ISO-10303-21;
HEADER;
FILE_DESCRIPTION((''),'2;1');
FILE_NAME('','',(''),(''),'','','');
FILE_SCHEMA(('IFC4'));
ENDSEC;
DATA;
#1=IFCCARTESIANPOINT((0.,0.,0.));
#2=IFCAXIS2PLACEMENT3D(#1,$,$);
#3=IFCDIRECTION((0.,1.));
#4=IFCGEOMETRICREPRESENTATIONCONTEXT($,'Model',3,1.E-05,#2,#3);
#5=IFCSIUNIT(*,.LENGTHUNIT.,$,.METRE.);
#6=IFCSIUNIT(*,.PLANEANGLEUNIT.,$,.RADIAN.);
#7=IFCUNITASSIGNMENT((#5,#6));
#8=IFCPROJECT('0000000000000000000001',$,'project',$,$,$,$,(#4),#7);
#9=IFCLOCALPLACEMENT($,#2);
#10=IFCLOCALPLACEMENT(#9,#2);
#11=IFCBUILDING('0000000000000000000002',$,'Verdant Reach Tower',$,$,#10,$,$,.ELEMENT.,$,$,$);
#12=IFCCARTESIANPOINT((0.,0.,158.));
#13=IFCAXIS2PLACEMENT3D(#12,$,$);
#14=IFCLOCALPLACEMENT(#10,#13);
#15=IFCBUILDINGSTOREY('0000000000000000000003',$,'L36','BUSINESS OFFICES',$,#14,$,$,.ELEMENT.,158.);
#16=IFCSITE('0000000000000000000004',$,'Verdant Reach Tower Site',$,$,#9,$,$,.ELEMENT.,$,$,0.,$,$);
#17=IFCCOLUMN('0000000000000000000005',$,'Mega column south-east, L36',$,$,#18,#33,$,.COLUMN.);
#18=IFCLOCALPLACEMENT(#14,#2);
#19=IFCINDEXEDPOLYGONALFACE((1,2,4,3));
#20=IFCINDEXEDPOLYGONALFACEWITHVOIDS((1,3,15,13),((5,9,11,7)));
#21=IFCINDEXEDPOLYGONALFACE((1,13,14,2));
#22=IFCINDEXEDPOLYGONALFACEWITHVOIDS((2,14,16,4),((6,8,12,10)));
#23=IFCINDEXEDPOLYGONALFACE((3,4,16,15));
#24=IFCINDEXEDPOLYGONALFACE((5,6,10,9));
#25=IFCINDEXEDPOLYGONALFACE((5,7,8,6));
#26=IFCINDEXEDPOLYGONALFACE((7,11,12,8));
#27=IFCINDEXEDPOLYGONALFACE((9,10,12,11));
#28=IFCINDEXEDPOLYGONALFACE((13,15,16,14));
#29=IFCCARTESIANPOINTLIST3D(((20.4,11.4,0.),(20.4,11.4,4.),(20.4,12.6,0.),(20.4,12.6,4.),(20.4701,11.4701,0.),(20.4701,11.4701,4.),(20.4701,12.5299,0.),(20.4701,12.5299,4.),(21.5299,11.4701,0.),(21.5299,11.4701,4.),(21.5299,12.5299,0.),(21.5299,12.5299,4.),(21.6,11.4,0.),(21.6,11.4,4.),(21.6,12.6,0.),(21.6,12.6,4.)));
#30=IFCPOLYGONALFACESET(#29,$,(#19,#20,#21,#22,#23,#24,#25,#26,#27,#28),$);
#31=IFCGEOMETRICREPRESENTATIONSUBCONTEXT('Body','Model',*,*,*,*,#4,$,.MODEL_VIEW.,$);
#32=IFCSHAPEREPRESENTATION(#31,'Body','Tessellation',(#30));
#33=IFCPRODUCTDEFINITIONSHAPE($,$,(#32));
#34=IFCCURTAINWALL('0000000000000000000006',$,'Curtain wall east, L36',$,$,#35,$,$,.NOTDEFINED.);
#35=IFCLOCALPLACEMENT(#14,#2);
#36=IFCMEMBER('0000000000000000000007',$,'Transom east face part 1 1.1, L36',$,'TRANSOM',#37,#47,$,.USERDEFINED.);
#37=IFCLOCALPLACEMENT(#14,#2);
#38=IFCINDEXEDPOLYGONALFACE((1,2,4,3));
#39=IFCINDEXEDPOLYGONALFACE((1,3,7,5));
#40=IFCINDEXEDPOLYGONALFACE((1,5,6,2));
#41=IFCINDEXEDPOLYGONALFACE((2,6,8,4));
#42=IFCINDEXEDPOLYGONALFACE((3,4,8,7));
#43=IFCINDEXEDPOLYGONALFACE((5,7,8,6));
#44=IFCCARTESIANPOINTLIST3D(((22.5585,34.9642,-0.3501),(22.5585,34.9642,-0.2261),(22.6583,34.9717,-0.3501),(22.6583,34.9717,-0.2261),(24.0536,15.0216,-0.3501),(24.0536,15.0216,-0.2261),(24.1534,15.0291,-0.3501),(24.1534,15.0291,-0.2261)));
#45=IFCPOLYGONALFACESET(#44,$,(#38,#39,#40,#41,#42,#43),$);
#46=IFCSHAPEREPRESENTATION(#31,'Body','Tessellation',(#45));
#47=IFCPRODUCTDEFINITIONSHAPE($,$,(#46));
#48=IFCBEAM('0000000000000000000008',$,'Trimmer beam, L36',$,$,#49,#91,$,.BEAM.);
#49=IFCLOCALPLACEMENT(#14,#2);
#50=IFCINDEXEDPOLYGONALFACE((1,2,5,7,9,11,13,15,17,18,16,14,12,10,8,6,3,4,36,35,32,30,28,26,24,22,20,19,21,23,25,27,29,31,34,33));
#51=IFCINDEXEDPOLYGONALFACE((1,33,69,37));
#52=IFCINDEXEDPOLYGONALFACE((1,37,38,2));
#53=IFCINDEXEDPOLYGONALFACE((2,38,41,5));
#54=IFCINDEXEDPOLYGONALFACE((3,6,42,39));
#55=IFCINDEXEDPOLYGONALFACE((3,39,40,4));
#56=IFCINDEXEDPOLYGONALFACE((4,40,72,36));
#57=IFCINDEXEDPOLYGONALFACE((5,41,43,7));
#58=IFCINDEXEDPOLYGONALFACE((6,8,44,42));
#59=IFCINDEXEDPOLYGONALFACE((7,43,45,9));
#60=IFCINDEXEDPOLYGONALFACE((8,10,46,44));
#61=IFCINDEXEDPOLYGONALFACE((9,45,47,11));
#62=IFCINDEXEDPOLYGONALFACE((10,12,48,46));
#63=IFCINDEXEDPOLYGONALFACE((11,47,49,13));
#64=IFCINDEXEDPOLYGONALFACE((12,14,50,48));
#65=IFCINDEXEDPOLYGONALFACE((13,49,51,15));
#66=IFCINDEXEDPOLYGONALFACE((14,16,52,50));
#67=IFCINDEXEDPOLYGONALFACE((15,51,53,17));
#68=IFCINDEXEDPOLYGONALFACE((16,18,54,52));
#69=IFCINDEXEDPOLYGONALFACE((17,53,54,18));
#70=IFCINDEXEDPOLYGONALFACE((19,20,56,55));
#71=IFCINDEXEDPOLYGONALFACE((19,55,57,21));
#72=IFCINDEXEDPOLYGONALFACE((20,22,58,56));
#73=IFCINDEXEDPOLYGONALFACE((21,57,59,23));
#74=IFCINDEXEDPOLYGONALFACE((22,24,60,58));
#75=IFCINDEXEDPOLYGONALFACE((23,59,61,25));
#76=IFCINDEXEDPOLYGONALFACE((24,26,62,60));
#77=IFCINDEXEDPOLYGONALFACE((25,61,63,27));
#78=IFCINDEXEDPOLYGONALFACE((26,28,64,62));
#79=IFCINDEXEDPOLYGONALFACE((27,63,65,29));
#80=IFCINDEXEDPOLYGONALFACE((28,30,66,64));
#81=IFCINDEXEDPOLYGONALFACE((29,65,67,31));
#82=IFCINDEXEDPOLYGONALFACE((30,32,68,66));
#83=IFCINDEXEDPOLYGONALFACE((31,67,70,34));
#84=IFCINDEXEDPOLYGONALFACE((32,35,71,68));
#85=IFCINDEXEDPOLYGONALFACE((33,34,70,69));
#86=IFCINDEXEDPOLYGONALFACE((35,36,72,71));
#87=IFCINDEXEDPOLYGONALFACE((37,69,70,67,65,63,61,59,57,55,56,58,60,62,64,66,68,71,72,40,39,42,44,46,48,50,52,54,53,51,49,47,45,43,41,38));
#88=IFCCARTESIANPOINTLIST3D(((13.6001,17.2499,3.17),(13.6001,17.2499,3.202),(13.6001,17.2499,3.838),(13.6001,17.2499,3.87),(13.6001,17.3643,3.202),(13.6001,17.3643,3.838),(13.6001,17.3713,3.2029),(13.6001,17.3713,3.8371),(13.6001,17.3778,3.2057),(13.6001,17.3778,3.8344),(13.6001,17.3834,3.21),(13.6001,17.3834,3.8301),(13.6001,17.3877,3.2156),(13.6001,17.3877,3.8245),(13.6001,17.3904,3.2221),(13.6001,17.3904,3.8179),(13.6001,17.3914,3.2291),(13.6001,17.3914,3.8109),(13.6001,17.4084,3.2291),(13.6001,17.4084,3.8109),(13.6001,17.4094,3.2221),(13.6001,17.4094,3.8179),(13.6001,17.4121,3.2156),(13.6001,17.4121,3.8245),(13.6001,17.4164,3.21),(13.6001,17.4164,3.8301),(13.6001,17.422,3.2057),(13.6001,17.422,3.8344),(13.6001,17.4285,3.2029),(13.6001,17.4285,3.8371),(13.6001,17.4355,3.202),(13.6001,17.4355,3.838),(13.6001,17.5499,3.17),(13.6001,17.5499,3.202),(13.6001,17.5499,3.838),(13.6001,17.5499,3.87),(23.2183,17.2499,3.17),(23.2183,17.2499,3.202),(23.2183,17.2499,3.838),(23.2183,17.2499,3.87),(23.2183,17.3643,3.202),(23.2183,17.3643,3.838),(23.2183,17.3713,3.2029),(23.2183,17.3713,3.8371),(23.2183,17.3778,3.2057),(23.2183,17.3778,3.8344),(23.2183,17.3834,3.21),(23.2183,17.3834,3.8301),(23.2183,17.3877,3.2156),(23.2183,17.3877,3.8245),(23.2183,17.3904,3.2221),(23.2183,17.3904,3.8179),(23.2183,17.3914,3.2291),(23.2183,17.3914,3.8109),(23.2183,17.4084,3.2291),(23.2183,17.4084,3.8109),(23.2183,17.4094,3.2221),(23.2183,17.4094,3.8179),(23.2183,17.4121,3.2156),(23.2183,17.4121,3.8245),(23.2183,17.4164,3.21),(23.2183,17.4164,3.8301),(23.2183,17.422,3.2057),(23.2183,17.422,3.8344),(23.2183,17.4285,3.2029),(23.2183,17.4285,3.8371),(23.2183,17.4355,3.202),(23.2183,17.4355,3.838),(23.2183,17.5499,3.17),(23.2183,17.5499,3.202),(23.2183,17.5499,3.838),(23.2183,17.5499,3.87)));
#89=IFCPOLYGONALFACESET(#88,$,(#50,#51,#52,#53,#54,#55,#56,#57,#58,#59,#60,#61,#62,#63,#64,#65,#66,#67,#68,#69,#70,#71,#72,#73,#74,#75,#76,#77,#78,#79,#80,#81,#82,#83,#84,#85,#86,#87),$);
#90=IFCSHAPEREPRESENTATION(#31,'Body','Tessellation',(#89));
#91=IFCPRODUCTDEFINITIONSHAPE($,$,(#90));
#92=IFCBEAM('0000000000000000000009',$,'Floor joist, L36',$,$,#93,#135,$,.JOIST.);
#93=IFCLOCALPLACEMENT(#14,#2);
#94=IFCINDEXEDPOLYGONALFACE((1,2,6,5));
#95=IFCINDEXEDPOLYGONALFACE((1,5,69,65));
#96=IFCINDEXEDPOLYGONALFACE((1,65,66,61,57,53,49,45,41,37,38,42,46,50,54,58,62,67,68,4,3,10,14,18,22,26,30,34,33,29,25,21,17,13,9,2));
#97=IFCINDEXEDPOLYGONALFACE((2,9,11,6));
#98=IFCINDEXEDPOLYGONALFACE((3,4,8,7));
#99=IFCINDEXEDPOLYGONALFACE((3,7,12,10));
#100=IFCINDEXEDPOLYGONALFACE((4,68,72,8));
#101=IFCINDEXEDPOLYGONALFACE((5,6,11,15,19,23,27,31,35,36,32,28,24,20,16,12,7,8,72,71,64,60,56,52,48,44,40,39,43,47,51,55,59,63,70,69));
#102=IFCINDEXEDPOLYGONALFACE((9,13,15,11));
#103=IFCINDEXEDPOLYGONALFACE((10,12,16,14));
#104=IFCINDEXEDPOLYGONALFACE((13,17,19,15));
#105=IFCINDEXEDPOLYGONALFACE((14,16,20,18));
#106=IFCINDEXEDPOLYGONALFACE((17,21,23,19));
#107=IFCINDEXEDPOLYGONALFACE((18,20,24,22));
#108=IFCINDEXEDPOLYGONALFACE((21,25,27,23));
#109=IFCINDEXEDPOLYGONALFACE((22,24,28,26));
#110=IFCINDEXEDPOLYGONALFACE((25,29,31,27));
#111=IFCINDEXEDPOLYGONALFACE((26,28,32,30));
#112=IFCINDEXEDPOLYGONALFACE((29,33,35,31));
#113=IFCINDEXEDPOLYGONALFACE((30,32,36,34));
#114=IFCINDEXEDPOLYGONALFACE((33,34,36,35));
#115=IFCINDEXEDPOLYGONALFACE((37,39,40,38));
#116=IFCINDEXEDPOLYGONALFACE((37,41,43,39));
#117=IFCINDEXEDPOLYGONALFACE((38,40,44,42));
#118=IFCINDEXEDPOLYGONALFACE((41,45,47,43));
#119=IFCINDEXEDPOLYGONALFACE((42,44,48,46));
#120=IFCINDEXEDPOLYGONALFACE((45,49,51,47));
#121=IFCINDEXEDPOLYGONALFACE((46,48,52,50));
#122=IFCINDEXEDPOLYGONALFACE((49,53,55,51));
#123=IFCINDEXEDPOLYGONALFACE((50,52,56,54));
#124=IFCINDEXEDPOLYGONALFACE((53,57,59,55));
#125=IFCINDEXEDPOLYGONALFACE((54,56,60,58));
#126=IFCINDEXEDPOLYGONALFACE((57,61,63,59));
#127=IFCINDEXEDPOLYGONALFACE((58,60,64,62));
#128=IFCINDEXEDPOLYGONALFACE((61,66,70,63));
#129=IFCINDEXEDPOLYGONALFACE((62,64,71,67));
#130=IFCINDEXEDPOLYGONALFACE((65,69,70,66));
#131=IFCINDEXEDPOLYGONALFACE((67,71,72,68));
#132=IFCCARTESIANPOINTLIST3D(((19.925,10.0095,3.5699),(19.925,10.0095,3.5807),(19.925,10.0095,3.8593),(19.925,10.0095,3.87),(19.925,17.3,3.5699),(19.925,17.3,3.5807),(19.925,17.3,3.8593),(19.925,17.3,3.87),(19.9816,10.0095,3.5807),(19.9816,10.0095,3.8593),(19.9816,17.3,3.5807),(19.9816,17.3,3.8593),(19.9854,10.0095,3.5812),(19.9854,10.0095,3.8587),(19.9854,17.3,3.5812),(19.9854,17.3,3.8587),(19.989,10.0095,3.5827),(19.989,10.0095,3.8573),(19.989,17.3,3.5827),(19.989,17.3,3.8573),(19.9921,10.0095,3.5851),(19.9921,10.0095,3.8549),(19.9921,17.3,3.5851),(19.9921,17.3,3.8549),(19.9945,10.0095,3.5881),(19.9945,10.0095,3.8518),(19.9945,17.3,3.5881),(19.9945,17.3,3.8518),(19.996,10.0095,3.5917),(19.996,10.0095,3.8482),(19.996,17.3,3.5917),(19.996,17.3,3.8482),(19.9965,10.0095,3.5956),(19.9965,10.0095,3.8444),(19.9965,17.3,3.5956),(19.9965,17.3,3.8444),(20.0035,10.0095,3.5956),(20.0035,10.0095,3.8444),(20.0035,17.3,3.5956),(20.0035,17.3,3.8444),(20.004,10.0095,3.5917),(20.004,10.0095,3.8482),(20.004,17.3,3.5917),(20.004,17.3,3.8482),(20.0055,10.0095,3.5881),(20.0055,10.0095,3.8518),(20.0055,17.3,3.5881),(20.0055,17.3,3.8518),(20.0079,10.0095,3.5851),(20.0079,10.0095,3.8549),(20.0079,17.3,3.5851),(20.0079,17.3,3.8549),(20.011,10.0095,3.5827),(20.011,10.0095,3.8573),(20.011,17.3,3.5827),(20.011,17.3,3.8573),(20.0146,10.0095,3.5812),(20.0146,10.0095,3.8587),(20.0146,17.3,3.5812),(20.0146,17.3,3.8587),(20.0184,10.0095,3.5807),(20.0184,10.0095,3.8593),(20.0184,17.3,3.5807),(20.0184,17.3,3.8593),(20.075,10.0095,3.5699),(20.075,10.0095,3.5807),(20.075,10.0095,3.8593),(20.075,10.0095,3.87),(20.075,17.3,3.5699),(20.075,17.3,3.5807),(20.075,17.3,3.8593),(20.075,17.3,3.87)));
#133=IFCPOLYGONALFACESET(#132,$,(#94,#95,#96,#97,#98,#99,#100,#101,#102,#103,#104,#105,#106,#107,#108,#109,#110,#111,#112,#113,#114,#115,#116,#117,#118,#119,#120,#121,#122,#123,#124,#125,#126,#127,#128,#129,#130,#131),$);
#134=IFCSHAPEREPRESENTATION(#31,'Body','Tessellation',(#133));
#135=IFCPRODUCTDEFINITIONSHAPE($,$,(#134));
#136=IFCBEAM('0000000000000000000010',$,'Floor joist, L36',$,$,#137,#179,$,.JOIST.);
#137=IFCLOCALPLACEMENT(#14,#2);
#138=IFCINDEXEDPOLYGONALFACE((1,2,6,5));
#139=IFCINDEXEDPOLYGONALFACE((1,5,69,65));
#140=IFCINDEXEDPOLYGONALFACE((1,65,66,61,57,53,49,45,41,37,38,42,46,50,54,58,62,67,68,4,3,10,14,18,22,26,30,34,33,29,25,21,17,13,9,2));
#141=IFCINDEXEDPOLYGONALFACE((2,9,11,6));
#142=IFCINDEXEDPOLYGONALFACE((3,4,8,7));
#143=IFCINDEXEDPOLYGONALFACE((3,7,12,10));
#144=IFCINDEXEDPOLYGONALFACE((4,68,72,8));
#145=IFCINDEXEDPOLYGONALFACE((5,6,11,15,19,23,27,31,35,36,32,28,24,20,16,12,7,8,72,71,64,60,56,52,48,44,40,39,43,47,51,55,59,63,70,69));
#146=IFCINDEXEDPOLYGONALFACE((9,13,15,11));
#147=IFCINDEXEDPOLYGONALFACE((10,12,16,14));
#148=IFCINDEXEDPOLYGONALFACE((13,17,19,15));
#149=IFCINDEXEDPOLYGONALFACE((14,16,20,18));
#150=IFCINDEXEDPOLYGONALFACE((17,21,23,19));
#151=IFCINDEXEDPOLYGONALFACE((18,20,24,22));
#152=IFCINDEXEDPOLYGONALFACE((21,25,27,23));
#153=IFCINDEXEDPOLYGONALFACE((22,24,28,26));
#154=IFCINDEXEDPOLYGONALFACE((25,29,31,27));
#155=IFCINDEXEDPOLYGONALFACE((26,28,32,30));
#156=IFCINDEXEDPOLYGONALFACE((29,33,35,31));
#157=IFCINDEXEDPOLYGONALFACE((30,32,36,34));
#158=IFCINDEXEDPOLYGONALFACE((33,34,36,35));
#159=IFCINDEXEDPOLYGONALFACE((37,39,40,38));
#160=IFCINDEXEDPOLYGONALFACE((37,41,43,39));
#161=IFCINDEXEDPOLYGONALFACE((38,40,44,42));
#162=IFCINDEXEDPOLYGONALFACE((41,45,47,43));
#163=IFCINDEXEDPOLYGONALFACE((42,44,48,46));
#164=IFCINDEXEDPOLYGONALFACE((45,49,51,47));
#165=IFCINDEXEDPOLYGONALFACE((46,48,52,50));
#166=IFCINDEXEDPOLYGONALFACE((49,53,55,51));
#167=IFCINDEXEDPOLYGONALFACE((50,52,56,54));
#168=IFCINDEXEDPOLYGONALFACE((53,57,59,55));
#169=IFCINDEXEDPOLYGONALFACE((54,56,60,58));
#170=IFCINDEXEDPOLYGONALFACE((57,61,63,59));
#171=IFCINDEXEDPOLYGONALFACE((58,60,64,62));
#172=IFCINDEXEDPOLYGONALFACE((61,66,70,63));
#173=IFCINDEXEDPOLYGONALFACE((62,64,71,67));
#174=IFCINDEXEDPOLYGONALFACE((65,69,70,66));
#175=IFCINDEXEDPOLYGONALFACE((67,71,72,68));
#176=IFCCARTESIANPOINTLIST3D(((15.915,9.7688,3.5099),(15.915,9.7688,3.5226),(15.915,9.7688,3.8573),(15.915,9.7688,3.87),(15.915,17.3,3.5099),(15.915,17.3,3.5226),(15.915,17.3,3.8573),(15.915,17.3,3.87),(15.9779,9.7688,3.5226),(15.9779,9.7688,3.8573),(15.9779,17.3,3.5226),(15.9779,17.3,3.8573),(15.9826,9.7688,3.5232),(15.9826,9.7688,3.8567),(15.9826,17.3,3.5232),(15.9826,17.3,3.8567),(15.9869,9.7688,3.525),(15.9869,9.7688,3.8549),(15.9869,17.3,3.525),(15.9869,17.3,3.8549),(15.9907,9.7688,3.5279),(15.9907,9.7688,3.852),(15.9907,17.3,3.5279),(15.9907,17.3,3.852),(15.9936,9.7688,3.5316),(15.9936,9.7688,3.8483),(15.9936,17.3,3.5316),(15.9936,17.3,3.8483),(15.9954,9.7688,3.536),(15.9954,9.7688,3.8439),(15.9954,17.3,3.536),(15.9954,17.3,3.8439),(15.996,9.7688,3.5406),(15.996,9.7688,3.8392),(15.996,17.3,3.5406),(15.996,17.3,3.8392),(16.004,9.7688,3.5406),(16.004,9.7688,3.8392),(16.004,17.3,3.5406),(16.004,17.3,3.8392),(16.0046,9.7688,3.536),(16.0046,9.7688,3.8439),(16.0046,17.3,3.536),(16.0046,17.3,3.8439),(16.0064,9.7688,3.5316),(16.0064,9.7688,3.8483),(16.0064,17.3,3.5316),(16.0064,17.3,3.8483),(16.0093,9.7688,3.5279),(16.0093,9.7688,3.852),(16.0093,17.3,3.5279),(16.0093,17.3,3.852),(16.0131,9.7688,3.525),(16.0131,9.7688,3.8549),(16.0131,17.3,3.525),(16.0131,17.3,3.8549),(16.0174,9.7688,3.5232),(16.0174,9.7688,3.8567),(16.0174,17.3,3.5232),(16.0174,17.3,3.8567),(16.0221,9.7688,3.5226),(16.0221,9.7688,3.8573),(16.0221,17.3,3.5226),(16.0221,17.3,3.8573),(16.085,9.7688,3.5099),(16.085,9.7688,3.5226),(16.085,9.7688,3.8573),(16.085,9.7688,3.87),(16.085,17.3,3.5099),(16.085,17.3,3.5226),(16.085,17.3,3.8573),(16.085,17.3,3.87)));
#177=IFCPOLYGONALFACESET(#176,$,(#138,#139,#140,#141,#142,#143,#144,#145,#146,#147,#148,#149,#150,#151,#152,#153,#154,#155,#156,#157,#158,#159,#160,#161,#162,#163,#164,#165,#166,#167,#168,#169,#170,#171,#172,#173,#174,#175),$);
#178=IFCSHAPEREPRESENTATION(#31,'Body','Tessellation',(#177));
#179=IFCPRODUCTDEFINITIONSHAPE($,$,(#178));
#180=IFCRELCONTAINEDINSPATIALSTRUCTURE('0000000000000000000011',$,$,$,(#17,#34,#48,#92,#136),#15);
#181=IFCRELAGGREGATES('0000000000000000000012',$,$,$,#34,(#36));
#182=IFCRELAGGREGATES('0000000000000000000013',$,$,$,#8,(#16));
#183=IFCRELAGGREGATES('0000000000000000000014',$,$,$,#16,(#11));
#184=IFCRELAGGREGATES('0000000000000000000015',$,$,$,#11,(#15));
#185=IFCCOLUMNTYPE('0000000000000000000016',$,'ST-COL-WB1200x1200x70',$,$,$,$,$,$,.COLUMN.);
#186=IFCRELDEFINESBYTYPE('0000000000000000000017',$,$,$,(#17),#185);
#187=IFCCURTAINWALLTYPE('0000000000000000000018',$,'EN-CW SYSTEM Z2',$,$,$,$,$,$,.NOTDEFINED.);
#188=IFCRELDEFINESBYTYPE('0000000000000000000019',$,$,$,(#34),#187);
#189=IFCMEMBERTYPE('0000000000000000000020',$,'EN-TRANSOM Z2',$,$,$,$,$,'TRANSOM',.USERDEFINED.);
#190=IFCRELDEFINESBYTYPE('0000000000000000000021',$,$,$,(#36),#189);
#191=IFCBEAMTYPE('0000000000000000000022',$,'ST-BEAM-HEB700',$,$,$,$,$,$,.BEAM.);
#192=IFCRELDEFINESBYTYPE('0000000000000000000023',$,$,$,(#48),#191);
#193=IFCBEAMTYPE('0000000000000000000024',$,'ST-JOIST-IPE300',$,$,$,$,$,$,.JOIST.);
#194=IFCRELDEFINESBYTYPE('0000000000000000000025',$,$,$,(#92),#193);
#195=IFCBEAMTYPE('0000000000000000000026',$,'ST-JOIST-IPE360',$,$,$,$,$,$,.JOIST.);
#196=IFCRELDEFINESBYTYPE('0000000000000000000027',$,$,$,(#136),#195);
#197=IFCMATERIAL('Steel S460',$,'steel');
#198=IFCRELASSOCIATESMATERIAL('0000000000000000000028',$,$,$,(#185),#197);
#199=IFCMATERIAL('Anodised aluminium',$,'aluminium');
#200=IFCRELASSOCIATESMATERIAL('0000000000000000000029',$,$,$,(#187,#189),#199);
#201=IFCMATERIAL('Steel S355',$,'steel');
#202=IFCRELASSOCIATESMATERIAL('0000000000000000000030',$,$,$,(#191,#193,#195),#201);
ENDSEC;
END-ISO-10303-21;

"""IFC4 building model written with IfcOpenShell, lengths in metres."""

from ifc_helpers import new_model, si_unit, direction, frame, origin, origin_2d, place, context, subcontext, project, spatial, rectangle, hollow_rectangle, i_section, extrude, material, material_profile, profile_set, type_object, element, aggregate, save


model = new_model("IFC4")

# Units and contexts
model_context = context("Model", 3, precision=1e-05, world=origin(), true_north=direction((0.0, 1.0)))
body_context = subcontext(model_context, "Body", "Model", "MODEL_VIEW")
ifc_project = project(units=[si_unit("LENGTHUNIT", "METRE"), si_unit("PLANEANGLEUNIT", "RADIAN")], contexts=[model_context])

# Site, building, storey
site_placement = place(None, origin())
site = spatial("IfcSite", under=ifc_project, at=site_placement, Name="Verdant Reach Tower Site", CompositionType="ELEMENT", RefElevation=0.0)
building_placement = place(site_placement, origin())
building = spatial("IfcBuilding", under=site, at=building_placement, Name="Verdant Reach Tower", CompositionType="ELEMENT")
storey_placement = place(building_placement, frame((0.0, 0.0, 158.0)))
storey = spatial("IfcBuildingStorey", under=building, at=storey_placement, Name="L36", Description="BUSINESS OFFICES", CompositionType="ELEMENT", Elevation=158.0)

# Column
ifc_material_1 = material(Name="Steel S460", Category="steel")
ifc_material_profile_1 = material_profile(ifc_material_1, hollow_rectangle(XDim=1.2, YDim=1.2, WallThickness=0.0701, at=origin_2d()), Name="WB 1200x1200x70")
ifc_profile_set_1 = profile_set([ifc_material_profile_1], Name="Steel S460")
column_type = type_object("IfcColumnType", Name="ST-COL-WB1200x1200x70", PredefinedType="COLUMN", material=ifc_profile_set_1)
column_placement = place(storey_placement, frame((21.0, 12.0, 0.0), z_axis=(0.0, 0.0, 1.0), x_axis=(1.0, 0.0, 0.0)))
element("IfcColumn", 1, at=column_placement, inside=storey, type_object=column_type, Name="Mega column south-east, L36", PredefinedType="COLUMN", context=body_context, shape_type="SweptSolid", body=[
    extrude(hollow_rectangle(XDim=1.2, YDim=1.2, WallThickness=0.0701, at=origin_2d()), origin(), (0.0, 0.0, 1.0), 4.0),
])

# Curtain wall, member
ifc_material_2 = material(Name="Anodised aluminium", Category="aluminium")
curtain_wall_type = type_object("IfcCurtainWallType", Name="EN-CW SYSTEM Z2", PredefinedType="NOTDEFINED", material=ifc_material_2)
curtain_wall_1_placement = place(storey_placement, origin())
curtain_wall_1 = element("IfcCurtainWall", 2, at=curtain_wall_1_placement, inside=storey, type_object=curtain_wall_type, Name="Curtain wall east, L36", PredefinedType="NOTDEFINED")
ifc_material_profile_2 = material_profile(ifc_material_2, rectangle(XDim=0.1001, YDim=0.124, at=origin_2d()), Name="Transom 124x100")
ifc_profile_set_2 = profile_set([ifc_material_profile_2], Name="Anodised aluminium")
member_type = type_object("IfcMemberType", Name="EN-TRANSOM Z2", ElementType="TRANSOM", PredefinedType="USERDEFINED", material=ifc_profile_set_2)
member_placement = place(storey_placement, frame((24.1035, 15.0254, -0.2881), z_axis=(-0.074761, 0.997201, 0.0), x_axis=(-0.997201, -0.074761, 0.0)))
member = element("IfcMember", 3, at=member_placement, type_object=member_type, Name="Transom east face part 1 1.1, L36", ObjectType="TRANSOM", PredefinedType="USERDEFINED", context=body_context, shape_type="SweptSolid", body=[
    extrude(rectangle(XDim=0.1001, YDim=0.124, at=origin_2d()), origin(), (0.0, 0.0, 1.0), 19.9985),
])

# Beams
ifc_material_3 = material(Name="Steel S355", Category="steel")
ifc_material_profile_3 = material_profile(ifc_material_3, i_section(OverallWidth=0.3, OverallDepth=0.7, WebThickness=0.0171, FlangeThickness=0.032, FilletRadius=0.0271, at=origin_2d()), Name="HEB 700")
ifc_profile_set_3 = profile_set([ifc_material_profile_3], Name="Steel S355")
beam_type_1 = type_object("IfcBeamType", Name="ST-BEAM-HEB700", PredefinedType="BEAM", material=ifc_profile_set_3)
beam_1_placement = place(storey_placement, frame((13.6001, 17.3999, 3.52), z_axis=(1.0, 0.0, 0.0), x_axis=(0.0, 1.0, 0.0)))
element("IfcBeam", 4, at=beam_1_placement, inside=storey, type_object=beam_type_1, Name="Trimmer beam, L36", PredefinedType="BEAM", context=body_context, shape_type="SweptSolid", body=[
    extrude(i_section(OverallWidth=0.3, OverallDepth=0.7, WebThickness=0.0171, FlangeThickness=0.032, FilletRadius=0.0271, at=origin_2d()), origin(), (0.0, 0.0, 1.0), 9.6182),
])
ifc_material_profile_4 = material_profile(ifc_material_3, i_section(OverallWidth=0.1499, OverallDepth=0.3, WebThickness=0.0071, FlangeThickness=0.0107, FilletRadius=0.0149, at=origin_2d()), Name="IPE 300")
ifc_profile_set_4 = profile_set([ifc_material_profile_4], Name="Steel S355")
beam_type_2 = type_object("IfcBeamType", Name="ST-JOIST-IPE300", PredefinedType="JOIST", material=ifc_profile_set_4)
beam_2_placement = place(storey_placement, frame((20.0, 17.3, 3.72), z_axis=(0.0, -1.0, 0.0), x_axis=(1.0, 0.0, 0.0)))
element("IfcBeam", 5, at=beam_2_placement, inside=storey, type_object=beam_type_2, Name="Floor joist, L36", PredefinedType="JOIST", context=body_context, shape_type="SweptSolid", body=[
    extrude(i_section(OverallWidth=0.1499, OverallDepth=0.3, WebThickness=0.0071, FlangeThickness=0.0107, FilletRadius=0.0149, at=origin_2d()), origin(), (0.0, 0.0, 1.0), 7.2905),
])
ifc_material_profile_5 = material_profile(ifc_material_3, i_section(OverallWidth=0.1699, OverallDepth=0.3601, WebThickness=0.0081, FlangeThickness=0.0127, FilletRadius=0.0181, at=origin_2d()), Name="IPE 360")
ifc_profile_set_5 = profile_set([ifc_material_profile_5], Name="Steel S355")
beam_type_3 = type_object("IfcBeamType", Name="ST-JOIST-IPE360", PredefinedType="JOIST", material=ifc_profile_set_5)
beam_3_placement = place(storey_placement, frame((16.0, 17.3, 3.6899), z_axis=(0.0, -1.0, 0.0), x_axis=(1.0, 0.0, 0.0)))
element("IfcBeam", 6, at=beam_3_placement, inside=storey, type_object=beam_type_3, Name="Floor joist, L36", PredefinedType="JOIST", context=body_context, shape_type="SweptSolid", body=[
    extrude(i_section(OverallWidth=0.1699, OverallDepth=0.3601, WebThickness=0.0081, FlangeThickness=0.0127, FilletRadius=0.0181, at=origin_2d()), origin(), (0.0, 0.0, 1.0), 7.5312),
])

aggregate(curtain_wall_1, [member])

save(model, "model.ifc")
